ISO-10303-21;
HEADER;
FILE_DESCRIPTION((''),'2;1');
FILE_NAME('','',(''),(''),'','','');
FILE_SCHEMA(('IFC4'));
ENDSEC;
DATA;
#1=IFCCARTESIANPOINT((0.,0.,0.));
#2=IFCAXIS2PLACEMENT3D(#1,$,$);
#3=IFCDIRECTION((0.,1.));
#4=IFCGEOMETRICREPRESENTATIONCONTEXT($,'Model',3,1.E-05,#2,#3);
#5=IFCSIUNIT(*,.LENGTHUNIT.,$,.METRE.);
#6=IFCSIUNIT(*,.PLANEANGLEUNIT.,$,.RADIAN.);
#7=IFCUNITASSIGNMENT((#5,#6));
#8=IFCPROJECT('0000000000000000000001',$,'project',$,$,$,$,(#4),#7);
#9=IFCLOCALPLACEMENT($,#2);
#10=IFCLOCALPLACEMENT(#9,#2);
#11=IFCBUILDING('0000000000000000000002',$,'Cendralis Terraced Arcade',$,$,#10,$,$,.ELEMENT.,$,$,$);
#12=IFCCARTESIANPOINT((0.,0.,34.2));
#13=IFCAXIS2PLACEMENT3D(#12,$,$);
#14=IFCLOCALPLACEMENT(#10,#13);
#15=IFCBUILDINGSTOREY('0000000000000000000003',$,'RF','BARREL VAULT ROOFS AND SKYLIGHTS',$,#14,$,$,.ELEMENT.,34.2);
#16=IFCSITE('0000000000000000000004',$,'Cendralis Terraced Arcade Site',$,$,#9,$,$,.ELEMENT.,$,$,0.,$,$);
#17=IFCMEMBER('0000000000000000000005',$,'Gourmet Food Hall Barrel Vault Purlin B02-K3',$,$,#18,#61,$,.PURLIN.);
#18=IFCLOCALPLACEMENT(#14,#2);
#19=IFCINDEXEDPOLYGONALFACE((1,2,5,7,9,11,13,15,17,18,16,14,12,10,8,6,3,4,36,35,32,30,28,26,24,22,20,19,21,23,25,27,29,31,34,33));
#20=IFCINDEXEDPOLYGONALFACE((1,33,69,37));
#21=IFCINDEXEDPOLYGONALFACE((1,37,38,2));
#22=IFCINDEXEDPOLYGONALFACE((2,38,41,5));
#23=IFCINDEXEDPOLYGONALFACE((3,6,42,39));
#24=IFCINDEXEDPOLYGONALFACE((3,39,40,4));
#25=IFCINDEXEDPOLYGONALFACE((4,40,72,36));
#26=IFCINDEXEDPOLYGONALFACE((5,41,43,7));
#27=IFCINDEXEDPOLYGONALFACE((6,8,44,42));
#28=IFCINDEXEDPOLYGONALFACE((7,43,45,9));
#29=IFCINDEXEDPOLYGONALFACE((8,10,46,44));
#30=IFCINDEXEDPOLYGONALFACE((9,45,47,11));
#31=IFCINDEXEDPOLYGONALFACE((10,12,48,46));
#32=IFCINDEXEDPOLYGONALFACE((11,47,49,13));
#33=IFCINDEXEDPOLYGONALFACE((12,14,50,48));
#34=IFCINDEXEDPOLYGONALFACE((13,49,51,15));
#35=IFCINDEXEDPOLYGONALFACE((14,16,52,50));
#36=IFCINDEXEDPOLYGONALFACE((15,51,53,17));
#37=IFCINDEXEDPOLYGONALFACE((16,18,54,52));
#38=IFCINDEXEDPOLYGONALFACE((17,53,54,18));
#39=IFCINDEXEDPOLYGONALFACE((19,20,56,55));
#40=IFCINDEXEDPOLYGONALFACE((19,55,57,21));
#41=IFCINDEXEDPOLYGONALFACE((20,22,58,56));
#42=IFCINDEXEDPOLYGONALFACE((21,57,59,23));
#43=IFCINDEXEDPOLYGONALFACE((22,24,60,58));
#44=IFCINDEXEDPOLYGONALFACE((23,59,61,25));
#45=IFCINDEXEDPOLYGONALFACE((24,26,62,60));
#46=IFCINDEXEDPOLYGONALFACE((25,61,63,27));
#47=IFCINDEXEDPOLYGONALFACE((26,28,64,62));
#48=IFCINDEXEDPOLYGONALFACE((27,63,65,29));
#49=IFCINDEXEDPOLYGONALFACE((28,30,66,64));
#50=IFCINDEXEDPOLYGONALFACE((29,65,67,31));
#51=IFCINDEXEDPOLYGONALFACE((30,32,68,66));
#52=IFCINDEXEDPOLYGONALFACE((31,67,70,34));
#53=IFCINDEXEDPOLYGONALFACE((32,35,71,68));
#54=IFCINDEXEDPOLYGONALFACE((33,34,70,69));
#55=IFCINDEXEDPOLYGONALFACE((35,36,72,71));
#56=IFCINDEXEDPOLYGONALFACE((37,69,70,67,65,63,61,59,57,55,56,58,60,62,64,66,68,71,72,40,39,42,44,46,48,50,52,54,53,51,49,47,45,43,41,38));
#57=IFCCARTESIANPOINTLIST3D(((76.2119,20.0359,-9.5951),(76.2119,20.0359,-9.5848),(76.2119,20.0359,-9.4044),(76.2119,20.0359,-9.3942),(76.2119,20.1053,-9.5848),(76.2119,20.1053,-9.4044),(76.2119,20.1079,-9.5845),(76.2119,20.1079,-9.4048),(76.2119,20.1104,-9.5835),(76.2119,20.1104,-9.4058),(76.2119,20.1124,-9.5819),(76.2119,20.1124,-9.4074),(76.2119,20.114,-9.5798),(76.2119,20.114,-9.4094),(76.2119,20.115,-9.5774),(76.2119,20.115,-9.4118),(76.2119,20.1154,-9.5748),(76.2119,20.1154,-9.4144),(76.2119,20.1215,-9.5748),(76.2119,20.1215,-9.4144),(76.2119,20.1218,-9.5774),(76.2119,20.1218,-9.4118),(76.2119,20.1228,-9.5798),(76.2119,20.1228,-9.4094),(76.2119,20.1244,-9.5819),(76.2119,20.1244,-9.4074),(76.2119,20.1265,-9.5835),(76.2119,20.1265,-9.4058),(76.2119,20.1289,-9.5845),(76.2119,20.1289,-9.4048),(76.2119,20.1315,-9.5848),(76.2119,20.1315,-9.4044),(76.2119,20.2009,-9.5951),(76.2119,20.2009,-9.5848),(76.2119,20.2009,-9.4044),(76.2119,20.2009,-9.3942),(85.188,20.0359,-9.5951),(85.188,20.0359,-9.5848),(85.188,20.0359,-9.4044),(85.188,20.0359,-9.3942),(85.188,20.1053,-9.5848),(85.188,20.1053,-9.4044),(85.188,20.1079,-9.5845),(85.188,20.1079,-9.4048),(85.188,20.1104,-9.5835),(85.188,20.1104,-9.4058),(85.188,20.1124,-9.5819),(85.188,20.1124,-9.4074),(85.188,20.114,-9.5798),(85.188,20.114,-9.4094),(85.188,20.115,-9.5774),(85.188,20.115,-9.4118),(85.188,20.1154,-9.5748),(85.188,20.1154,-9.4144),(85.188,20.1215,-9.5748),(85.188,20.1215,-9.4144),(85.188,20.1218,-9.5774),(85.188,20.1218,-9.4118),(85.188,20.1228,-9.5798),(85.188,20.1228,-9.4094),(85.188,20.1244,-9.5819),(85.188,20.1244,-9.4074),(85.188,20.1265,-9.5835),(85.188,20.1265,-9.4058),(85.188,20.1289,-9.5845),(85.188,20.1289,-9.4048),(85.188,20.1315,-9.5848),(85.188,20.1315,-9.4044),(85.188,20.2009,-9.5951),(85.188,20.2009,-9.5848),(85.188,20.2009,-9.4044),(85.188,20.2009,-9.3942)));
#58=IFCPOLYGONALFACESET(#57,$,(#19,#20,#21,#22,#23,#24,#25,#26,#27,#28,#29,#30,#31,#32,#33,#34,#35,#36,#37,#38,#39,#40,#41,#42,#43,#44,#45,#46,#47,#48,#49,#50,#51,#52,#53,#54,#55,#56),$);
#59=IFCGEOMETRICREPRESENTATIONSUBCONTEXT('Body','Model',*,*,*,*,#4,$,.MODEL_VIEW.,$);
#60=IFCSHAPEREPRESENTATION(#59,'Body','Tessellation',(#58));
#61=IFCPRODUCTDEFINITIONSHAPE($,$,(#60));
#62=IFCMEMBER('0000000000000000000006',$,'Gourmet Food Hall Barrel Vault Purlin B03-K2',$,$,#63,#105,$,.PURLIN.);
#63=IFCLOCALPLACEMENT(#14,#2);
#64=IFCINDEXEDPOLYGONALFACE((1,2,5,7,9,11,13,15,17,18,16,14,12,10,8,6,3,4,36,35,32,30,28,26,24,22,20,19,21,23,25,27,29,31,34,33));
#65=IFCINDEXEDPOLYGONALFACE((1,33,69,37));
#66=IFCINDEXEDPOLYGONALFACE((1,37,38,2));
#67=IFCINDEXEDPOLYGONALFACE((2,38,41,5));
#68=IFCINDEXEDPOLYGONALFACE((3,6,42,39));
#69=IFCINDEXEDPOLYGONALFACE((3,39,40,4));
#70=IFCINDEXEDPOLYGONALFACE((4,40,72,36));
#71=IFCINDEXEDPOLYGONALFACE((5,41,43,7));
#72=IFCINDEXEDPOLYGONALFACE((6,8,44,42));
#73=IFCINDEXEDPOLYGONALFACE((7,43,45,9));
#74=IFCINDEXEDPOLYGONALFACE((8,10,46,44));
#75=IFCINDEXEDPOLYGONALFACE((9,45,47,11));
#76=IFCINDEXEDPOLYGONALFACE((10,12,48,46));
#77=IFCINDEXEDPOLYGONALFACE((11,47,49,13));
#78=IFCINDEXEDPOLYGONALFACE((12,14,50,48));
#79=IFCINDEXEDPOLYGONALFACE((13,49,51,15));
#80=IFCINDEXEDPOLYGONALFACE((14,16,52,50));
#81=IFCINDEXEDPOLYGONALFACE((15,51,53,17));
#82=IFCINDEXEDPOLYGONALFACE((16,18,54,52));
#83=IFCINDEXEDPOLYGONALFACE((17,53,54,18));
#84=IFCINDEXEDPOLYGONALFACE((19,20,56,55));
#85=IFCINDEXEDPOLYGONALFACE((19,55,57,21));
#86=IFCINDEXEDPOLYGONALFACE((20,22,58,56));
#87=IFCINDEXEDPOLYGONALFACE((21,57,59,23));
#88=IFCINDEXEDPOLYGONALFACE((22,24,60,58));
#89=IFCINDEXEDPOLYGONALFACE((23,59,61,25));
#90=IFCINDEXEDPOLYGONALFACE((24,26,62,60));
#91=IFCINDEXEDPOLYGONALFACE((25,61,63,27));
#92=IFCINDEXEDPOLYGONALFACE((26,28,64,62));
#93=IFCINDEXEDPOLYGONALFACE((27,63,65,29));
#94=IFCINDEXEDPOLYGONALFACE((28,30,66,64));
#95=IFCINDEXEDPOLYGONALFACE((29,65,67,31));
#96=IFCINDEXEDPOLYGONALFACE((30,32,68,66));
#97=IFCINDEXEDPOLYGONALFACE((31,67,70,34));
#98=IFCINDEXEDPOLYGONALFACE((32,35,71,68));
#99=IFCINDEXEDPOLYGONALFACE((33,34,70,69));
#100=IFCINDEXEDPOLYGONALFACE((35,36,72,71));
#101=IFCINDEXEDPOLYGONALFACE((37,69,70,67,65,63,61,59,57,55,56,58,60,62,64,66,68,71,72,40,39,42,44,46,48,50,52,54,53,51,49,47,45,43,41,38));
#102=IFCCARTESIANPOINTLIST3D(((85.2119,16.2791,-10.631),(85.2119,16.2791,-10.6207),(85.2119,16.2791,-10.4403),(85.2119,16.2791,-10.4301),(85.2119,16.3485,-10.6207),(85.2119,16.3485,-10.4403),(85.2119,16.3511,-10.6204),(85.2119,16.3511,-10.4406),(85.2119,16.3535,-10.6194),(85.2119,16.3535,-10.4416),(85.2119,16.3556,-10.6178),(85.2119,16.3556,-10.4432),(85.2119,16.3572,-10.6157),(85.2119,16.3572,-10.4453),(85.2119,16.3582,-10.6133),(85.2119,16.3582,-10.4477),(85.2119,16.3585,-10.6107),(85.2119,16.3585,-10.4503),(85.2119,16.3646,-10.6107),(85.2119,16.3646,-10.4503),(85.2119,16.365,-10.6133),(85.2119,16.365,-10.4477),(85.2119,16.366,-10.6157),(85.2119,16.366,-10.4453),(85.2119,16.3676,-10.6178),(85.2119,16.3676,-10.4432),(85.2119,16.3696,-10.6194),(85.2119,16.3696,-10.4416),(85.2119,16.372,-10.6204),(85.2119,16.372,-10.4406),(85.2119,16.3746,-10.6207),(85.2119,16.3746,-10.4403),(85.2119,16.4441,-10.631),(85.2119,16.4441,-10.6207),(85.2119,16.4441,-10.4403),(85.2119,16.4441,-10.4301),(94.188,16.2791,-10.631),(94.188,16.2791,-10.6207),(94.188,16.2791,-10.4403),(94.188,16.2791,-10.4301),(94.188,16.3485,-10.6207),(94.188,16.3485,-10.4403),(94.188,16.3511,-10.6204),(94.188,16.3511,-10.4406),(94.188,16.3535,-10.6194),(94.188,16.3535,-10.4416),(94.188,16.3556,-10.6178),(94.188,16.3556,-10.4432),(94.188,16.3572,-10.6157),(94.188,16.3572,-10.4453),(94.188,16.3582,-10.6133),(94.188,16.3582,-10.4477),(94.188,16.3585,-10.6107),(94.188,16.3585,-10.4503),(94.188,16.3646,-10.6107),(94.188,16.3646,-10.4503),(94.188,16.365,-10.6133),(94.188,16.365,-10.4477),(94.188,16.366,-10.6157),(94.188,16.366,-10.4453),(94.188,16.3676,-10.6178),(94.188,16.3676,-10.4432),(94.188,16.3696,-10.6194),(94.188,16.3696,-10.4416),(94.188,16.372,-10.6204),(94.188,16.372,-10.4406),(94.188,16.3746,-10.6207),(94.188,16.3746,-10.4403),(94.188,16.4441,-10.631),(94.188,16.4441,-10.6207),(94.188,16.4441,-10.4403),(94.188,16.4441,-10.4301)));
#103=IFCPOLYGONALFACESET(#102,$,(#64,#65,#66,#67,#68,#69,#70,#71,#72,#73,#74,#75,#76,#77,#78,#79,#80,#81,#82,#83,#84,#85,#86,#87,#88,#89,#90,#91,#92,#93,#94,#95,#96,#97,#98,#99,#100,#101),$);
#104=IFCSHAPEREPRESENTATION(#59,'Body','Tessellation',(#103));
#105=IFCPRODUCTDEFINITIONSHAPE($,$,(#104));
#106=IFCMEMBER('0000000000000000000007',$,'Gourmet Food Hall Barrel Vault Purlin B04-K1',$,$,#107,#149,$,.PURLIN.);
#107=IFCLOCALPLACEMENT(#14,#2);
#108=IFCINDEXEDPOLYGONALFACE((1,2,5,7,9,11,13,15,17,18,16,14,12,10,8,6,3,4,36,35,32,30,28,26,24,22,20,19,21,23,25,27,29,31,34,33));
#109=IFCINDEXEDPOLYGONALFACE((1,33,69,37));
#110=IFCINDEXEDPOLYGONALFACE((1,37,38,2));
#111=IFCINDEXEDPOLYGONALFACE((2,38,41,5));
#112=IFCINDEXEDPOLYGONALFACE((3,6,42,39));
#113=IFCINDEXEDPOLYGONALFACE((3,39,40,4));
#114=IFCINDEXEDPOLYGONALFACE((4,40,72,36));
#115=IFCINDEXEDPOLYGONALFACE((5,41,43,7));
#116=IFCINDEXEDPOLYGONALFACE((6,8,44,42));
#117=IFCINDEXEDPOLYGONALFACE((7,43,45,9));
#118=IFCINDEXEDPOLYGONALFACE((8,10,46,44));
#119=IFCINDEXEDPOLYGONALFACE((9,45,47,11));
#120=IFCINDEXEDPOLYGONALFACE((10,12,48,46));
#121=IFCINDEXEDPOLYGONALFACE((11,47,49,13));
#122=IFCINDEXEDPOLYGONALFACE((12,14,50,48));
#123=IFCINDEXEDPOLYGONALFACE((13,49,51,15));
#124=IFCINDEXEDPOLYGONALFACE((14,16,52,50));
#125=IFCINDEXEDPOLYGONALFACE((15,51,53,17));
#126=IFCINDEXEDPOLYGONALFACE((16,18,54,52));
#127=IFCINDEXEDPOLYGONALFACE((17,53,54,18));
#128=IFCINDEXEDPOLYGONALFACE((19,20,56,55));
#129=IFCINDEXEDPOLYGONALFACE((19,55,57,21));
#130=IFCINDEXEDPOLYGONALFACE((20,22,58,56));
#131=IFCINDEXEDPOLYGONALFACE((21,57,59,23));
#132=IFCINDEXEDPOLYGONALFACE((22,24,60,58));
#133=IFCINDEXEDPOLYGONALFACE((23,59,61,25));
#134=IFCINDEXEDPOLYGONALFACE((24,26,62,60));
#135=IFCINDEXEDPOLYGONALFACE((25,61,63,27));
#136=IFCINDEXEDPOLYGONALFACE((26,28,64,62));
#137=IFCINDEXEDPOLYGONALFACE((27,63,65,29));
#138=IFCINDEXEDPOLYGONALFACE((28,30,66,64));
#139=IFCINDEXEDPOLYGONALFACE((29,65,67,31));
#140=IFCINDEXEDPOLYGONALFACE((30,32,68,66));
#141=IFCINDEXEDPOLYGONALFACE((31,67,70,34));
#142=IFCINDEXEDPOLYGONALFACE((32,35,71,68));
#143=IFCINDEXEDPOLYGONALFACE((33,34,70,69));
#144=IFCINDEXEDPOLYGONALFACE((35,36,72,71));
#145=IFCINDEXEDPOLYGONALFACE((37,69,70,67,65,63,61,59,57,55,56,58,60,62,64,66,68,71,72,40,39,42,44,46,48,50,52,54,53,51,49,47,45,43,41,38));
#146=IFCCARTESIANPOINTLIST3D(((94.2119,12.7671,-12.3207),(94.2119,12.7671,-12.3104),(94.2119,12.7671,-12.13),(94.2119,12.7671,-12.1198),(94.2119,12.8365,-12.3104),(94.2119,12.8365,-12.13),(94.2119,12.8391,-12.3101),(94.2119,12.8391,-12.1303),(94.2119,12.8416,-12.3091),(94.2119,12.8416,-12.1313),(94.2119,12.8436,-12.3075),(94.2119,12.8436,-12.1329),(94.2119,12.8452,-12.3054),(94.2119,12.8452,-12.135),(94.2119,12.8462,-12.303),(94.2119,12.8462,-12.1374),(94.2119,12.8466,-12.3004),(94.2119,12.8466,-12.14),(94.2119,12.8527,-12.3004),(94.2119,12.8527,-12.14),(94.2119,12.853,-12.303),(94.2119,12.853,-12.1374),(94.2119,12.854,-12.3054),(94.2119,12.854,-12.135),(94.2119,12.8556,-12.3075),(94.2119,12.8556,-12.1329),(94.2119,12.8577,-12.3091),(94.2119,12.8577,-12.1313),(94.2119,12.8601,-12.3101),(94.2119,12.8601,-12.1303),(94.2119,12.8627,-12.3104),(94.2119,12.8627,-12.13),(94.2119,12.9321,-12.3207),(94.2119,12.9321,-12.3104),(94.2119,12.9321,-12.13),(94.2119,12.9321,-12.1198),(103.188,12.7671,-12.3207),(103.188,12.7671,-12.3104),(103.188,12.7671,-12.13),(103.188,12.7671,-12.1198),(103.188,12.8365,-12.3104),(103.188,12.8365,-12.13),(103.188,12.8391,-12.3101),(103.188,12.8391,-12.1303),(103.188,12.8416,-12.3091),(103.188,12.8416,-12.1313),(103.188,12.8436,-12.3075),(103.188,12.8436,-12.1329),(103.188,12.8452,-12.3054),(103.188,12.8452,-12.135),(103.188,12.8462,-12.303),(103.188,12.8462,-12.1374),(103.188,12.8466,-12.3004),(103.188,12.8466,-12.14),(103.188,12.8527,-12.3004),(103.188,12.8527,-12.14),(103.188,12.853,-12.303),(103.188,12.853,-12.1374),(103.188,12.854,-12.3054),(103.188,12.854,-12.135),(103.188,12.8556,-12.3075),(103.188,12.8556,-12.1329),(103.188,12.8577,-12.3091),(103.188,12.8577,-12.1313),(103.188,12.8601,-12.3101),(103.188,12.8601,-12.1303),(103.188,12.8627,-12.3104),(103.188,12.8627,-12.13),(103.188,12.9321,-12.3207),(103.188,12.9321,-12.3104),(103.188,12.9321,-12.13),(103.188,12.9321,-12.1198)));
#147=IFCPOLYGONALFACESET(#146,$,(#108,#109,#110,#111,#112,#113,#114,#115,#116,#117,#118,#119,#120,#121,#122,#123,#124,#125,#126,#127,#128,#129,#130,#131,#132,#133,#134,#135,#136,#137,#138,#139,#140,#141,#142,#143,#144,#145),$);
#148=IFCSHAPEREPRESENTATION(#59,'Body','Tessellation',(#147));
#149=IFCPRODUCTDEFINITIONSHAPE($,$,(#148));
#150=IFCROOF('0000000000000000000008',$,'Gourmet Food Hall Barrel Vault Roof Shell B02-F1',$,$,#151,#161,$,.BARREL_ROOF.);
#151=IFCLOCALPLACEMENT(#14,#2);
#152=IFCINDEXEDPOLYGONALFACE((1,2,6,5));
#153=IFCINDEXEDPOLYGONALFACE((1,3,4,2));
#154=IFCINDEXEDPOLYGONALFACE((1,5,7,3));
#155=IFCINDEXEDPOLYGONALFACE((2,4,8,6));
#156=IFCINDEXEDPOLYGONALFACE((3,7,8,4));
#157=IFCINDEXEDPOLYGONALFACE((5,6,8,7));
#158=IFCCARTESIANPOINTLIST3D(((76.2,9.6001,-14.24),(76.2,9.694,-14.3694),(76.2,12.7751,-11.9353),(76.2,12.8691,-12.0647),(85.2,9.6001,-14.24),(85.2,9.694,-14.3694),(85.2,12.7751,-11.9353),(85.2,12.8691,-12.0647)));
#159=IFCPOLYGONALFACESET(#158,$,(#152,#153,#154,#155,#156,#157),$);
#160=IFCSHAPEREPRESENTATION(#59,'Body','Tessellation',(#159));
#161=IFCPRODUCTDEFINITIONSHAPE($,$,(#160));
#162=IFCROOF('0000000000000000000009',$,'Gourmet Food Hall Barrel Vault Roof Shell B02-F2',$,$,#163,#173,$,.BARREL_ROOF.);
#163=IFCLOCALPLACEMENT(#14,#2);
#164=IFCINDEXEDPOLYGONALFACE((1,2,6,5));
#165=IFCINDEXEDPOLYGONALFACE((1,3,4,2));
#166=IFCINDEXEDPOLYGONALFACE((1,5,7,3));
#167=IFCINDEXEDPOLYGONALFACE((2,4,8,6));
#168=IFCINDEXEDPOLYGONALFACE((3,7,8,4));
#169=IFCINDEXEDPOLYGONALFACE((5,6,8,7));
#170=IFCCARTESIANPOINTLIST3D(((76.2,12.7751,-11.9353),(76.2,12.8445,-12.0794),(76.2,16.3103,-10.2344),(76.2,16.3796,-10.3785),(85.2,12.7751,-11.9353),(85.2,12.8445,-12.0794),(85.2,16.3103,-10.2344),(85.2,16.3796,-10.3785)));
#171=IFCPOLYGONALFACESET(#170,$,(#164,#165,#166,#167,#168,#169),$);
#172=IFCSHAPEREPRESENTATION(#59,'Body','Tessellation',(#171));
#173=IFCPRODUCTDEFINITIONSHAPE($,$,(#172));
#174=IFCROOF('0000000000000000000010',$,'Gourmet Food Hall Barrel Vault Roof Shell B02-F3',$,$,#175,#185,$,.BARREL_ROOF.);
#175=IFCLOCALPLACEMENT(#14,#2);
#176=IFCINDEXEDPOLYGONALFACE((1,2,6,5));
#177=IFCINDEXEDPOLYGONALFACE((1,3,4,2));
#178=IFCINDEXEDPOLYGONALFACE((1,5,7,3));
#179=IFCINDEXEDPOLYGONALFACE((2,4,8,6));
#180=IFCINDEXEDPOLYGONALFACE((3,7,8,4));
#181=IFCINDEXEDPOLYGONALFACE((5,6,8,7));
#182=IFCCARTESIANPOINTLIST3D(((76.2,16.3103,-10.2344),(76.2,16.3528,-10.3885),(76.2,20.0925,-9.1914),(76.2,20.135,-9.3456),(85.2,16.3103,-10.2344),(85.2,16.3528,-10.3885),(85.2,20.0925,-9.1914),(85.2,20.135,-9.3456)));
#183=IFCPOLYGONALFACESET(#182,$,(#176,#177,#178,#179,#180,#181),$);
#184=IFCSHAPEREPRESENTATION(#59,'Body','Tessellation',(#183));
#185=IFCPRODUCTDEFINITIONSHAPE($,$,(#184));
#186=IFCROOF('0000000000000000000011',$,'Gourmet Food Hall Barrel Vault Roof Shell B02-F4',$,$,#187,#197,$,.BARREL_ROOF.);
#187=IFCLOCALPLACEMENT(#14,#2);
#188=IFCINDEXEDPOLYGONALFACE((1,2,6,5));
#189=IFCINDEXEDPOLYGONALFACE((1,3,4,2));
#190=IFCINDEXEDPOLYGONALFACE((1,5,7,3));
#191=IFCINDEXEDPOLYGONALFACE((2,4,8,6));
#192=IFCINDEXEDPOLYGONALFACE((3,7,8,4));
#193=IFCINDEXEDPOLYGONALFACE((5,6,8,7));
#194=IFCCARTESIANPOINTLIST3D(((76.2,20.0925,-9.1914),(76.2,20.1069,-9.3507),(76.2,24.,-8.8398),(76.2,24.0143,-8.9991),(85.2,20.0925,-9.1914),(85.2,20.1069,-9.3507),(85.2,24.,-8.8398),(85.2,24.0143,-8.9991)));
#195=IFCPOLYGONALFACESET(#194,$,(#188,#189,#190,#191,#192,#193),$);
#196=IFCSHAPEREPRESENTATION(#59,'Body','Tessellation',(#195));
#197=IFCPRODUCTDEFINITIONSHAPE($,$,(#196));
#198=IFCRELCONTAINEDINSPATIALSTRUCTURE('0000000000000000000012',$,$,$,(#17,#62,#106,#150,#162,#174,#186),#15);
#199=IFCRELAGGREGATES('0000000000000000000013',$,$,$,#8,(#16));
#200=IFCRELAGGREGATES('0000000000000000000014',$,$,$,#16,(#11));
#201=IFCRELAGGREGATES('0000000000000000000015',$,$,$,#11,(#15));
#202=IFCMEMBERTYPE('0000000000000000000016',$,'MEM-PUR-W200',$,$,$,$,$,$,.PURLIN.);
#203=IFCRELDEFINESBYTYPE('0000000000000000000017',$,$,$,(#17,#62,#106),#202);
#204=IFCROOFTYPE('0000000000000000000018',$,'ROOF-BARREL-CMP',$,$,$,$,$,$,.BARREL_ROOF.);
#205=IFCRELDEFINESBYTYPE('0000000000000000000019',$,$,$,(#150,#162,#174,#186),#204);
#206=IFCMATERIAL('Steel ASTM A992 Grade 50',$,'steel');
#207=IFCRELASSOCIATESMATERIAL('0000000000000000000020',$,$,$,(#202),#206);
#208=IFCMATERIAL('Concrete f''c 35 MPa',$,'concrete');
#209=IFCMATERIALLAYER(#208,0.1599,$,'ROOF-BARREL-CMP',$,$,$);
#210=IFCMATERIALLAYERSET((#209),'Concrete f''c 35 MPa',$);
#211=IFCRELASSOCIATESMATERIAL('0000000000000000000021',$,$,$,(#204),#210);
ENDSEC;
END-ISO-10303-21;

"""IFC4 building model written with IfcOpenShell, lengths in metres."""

from ifc_helpers import new_model, si_unit, direction, frame, origin, origin_2d, place, context, subcontext, project, spatial, polyline, i_section, outline, extrude, material, layer, layer_set, material_profile, profile_set, type_object, element, save


model = new_model("IFC4")

# Units and contexts
model_context = context("Model", 3, precision=1e-05, world=origin(), true_north=direction((0.0, 1.0)))
body_context = subcontext(model_context, "Body", "Model", "MODEL_VIEW")
ifc_project = project(units=[si_unit("LENGTHUNIT", "METRE"), si_unit("PLANEANGLEUNIT", "RADIAN")], contexts=[model_context])

# Site, building, storey
site_placement = place(None, origin())
site = spatial("IfcSite", under=ifc_project, at=site_placement, Name="Cendralis Terraced Arcade Site", CompositionType="ELEMENT", RefElevation=0.0)
building_placement = place(site_placement, origin())
building = spatial("IfcBuilding", under=site, at=building_placement, Name="Cendralis Terraced Arcade", CompositionType="ELEMENT")
storey_placement = place(building_placement, frame((0.0, 0.0, 34.2)))
storey = spatial("IfcBuildingStorey", under=building, at=storey_placement, Name="RF", Description="BARREL VAULT ROOFS AND SKYLIGHTS", CompositionType="ELEMENT", Elevation=34.2)

# Members
ifc_material_1 = material(Name="Steel ASTM A992 Grade 50", Category="steel")
ifc_material_profile_1 = material_profile(ifc_material_1, i_section(OverallWidth=0.165, OverallDepth=0.2009, WebThickness=0.0061, FlangeThickness=0.0103, FilletRadius=0.01, at=origin_2d()), Name="W200X35.9", Category="LoadBearing")
ifc_profile_set_1 = profile_set([ifc_material_profile_1], Name="Steel ASTM A992 Grade 50")
member_type_1 = type_object("IfcMemberType", Name="MEM-PUR-W200", PredefinedType="PURLIN", material=ifc_profile_set_1)
for number, where, z_axis, x_axis, name in (
    (1, (76.2119, 20.1184, -9.4946), (1.0, 0.0, 0.0), (0.0, 1.0, 0.0), "Gourmet Food Hall Barrel Vault Purlin B02-K3"),
    (2, (85.2119, 16.3616, -10.5305), (1.0, 0.0, 0.0), (0.0, 1.0, 0.0), "Gourmet Food Hall Barrel Vault Purlin B03-K2"),
    (3, (94.2119, 12.8496, -12.2202), (1.0, 0.0, 0.0), (0.0, 1.0, 0.0), "Gourmet Food Hall Barrel Vault Purlin B04-K1"),
):
    element("IfcMember", number, at=place(storey_placement, frame(where, z_axis=z_axis, x_axis=x_axis)), inside=storey, type_object=member_type_1, Name=name, PredefinedType="PURLIN", context=body_context, shape_type="SweptSolid", body=[
        extrude(i_section(OverallWidth=0.165, OverallDepth=0.2009, WebThickness=0.0061, FlangeThickness=0.0103, FilletRadius=0.01, at=origin_2d()), origin(), (0.0, 0.0, 1.0), 8.9761),
    ])

# Roofs
ifc_material_2 = material(Name="Concrete f'c 35 MPa", Category="concrete")
ifc_layer = layer(ifc_material_2, 0.1599, Name="ROOF-BARREL-CMP")
ifc_layer_set = layer_set([ifc_layer], Name="Concrete f'c 35 MPa")
roof_type = type_object("IfcRoofType", Name="ROOF-BARREL-CMP", PredefinedType="BARREL_ROOF", material=ifc_layer_set)
roof_1_placement = place(storey_placement, frame((76.2, 9.6001, -14.24), z_axis=(0.0, -0.587431, 0.809274), x_axis=(1.0, 0.0, 0.0)))
element("IfcRoof", 4, at=roof_1_placement, inside=storey, type_object=roof_type, Name="Gourmet Food Hall Barrel Vault Roof Shell B02-F1", PredefinedType="BARREL_ROOF", context=body_context, shape_type="SweptSolid", body=[
    extrude(outline(polyline([(0.0, 0.0), (9.0, 0.0), (9.0, 3.9233), (0.0, 3.9233), (0.0, 0.0)])), origin(), (0.0, 0.0, -1.0), 0.1599),
])
roof_2_placement = place(storey_placement, frame((76.2, 12.7751, -11.9353), z_axis=(0.0, -0.43357, 0.90112), x_axis=(1.0, 0.0, 0.0)))
element("IfcRoof", 5, at=roof_2_placement, inside=storey, type_object=roof_type, Name="Gourmet Food Hall Barrel Vault Roof Shell B02-F2", PredefinedType="BARREL_ROOF", context=body_context, shape_type="SweptSolid", body=[
    extrude(outline(polyline([(0.0, 0.0), (9.0, 0.0), (9.0, 3.9231), (0.0, 3.9231), (0.0, 0.0)])), origin(), (0.0, 0.0, -1.0), 0.1599),
])
roof_3_placement = place(storey_placement, frame((76.2, 16.3103, -10.2344), z_axis=(0.0, -0.265833, 0.964019), x_axis=(1.0, 0.0, 0.0)))
element("IfcRoof", 6, at=roof_3_placement, inside=storey, type_object=roof_type, Name="Gourmet Food Hall Barrel Vault Roof Shell B02-F3", PredefinedType="BARREL_ROOF", context=body_context, shape_type="SweptSolid", body=[
    extrude(outline(polyline([(0.0, 0.0), (9.0, 0.0), (9.0, 3.9234), (0.0, 3.9234), (0.0, 0.0)])), origin(), (0.0, 0.0, -1.0), 0.1599),
])
for number, where, z_axis, x_axis, name in (
    (7, (76.2, 20.0925, -9.1914), (0.0, -0.08961, 0.995977), (1.0, 0.0, 0.0), "Gourmet Food Hall Barrel Vault Roof Shell B02-F4"),
):
    element("IfcRoof", number, at=place(storey_placement, frame(where, z_axis=z_axis, x_axis=x_axis)), inside=storey, type_object=roof_type, Name=name, PredefinedType="BARREL_ROOF", context=body_context, shape_type="SweptSolid", body=[
        extrude(outline(polyline([(0.0, 0.0), (9.0, 0.0), (9.0, 3.9233), (0.0, 3.9233), (0.0, 0.0)])), origin(), (0.0, 0.0, -1.0), 0.1599),
    ])

save(model, "model.ifc")
